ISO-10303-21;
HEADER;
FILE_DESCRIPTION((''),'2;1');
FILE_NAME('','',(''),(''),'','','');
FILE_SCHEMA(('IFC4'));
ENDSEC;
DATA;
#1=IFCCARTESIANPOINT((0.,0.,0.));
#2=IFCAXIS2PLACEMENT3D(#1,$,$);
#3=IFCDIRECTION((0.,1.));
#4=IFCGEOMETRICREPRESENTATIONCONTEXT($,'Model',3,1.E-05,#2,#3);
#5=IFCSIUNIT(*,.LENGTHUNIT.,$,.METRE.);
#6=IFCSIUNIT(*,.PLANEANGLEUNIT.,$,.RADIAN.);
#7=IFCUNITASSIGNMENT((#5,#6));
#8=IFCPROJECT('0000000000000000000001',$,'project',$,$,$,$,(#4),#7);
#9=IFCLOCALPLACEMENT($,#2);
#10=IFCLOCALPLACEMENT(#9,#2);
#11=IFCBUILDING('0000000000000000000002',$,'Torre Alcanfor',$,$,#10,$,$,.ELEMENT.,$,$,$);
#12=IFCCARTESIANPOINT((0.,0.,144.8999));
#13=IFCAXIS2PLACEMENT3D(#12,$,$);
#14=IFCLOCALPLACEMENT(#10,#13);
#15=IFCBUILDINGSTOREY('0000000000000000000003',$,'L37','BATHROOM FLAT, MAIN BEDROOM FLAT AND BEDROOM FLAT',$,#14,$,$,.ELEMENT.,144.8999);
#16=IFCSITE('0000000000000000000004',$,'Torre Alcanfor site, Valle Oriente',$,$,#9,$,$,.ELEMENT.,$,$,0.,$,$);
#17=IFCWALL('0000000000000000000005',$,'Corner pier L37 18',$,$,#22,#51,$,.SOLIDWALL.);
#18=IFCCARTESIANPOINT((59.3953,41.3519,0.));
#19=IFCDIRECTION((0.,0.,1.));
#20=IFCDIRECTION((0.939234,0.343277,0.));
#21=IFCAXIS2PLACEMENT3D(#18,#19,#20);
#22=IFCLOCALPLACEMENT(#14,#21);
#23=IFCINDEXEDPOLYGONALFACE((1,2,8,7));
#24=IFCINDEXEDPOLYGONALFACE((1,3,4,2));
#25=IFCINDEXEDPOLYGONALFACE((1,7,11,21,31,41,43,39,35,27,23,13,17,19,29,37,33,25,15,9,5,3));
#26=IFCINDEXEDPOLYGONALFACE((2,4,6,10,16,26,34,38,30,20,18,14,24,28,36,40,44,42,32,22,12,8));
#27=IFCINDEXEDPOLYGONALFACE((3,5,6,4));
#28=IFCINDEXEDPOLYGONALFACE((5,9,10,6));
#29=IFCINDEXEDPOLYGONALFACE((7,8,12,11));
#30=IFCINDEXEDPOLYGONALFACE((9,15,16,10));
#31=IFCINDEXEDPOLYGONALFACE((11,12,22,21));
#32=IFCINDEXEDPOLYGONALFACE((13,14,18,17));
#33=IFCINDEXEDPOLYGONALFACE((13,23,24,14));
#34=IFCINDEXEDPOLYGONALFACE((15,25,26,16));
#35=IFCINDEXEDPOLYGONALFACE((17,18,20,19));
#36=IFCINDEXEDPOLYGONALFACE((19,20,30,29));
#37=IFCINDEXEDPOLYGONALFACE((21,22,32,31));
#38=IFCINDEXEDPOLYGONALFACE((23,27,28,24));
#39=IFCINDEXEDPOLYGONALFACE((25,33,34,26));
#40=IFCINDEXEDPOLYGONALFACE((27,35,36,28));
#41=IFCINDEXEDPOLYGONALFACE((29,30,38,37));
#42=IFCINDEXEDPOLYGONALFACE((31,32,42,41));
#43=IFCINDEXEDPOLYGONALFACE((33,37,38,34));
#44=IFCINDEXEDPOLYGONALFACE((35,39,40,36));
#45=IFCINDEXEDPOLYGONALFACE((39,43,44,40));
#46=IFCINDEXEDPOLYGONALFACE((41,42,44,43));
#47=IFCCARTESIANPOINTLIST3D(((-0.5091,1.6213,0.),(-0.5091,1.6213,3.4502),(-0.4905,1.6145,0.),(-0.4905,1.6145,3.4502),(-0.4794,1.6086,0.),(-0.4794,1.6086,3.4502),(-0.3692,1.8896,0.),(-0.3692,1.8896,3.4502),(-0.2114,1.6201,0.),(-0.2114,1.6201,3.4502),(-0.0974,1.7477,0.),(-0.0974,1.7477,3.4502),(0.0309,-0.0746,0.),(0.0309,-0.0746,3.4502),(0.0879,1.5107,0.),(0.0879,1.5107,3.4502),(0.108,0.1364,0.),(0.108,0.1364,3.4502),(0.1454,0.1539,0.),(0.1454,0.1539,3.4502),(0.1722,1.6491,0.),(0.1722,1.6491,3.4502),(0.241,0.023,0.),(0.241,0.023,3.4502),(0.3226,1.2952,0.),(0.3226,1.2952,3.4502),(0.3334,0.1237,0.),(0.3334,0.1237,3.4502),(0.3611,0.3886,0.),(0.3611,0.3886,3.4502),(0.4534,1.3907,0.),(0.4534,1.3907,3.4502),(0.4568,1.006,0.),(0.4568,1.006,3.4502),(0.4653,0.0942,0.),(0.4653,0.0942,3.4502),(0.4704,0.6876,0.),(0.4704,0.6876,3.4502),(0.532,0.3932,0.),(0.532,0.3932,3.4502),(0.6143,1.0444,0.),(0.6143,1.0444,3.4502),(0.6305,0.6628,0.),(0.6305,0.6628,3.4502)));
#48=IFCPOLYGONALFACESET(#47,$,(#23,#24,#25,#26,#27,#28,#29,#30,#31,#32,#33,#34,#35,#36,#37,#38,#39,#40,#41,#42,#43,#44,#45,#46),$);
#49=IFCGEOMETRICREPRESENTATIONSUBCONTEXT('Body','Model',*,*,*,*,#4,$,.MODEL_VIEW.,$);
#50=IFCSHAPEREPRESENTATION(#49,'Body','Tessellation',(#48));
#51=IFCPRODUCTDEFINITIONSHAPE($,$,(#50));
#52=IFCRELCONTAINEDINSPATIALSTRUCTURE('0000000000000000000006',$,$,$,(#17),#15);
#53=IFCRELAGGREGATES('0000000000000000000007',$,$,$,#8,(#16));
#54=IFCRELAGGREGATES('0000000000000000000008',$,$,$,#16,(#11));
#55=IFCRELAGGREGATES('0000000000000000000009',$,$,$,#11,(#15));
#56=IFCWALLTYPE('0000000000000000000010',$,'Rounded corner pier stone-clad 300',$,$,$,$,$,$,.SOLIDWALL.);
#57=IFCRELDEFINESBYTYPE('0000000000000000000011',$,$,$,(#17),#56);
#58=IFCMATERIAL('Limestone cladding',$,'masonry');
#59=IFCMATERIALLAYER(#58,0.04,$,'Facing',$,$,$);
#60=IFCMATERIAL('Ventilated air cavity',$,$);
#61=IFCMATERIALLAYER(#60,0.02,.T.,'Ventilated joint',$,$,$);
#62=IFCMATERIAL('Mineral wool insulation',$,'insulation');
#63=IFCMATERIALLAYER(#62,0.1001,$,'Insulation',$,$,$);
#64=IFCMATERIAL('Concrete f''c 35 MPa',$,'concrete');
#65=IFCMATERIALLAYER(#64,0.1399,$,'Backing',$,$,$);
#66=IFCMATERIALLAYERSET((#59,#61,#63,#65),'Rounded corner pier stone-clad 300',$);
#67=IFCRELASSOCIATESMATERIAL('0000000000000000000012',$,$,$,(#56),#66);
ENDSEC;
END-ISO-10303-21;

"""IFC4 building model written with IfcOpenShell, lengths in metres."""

from ifc_helpers import new_model, si_unit, direction, frame, origin, place, context, subcontext, project, spatial, polyline, outline, extrude, material, layer, layer_set, type_object, element, save


model = new_model("IFC4")

# Units and contexts
model_context = context("Model", 3, precision=1e-05, world=origin(), true_north=direction((0.0, 1.0)))
body_context = subcontext(model_context, "Body", "Model", "MODEL_VIEW")
ifc_project = project(units=[si_unit("LENGTHUNIT", "METRE"), si_unit("PLANEANGLEUNIT", "RADIAN")], contexts=[model_context])

# Site, building, storey
site_placement = place(None, origin())
site = spatial("IfcSite", under=ifc_project, at=site_placement, Name="Torre Alcanfor site, Valle Oriente", CompositionType="ELEMENT", RefElevation=0.0)
building_placement = place(site_placement, origin())
building = spatial("IfcBuilding", under=site, at=building_placement, Name="Torre Alcanfor", CompositionType="ELEMENT")
storey_placement = place(building_placement, frame((0.0, 0.0, 144.8999)))
storey = spatial("IfcBuildingStorey", under=building, at=storey_placement, Name="L37", Description="BATHROOM FLAT, MAIN BEDROOM FLAT AND BEDROOM FLAT", CompositionType="ELEMENT", Elevation=144.8999)

# Shared definitions
ifc_material_1 = material(Name="Limestone cladding", Category="masonry")
ifc_material_2 = material(Name="Ventilated air cavity")
ifc_material_3 = material(Name="Mineral wool insulation", Category="insulation")
ifc_material_4 = material(Name="Concrete f'c 35 MPa", Category="concrete")

# Wall
ifc_layer_1 = layer(ifc_material_1, 0.04, Name="Facing")
ifc_layer_2 = layer(ifc_material_2, 0.02, ventilated=True, Name="Ventilated joint")
ifc_layer_3 = layer(ifc_material_3, 0.1001, Name="Insulation")
ifc_layer_4 = layer(ifc_material_4, 0.1399, Name="Backing")
ifc_layer_set_1 = layer_set([ifc_layer_1, ifc_layer_2, ifc_layer_3, ifc_layer_4], Name="Rounded corner pier stone-clad 300")
wall_type_1 = type_object("IfcWallType", Name="Rounded corner pier stone-clad 300", PredefinedType="SOLIDWALL", material=ifc_layer_set_1)
wall_1_placement = place(storey_placement, frame((59.3953, 41.3519, 0.0), z_axis=(0.0, 0.0, 1.0), x_axis=(0.939234, 0.343277, 0.0)))
element("IfcWall", 1, at=wall_1_placement, inside=storey, type_object=wall_type_1, Name="Corner pier L37 18", PredefinedType="SOLIDWALL", context=body_context, shape_type="SweptSolid", body=[
    extrude(outline(polyline([(0.532, 0.3932), (0.6305, 0.6628), (0.6143, 1.0444), (0.4534, 1.3907), (0.1722, 1.6491), (-0.0974, 1.7477), (-0.3692, 1.8896), (-0.5091, 1.6213), (-0.4905, 1.6145), (-0.4794, 1.6086), (-0.2114, 1.6201), (0.0879, 1.5107), (0.3226, 1.2952), (0.4568, 1.006), (0.4704, 0.6876), (0.3611, 0.3886), (0.1454, 0.1539), (0.108, 0.1364), (0.0309, -0.0746), (0.241, 0.023), (0.3334, 0.1237), (0.4653, 0.0942), (0.532, 0.3932)])), origin(), (0.0, 0.0, 1.0), 3.4502),
])

save(model, "model.ifc")
